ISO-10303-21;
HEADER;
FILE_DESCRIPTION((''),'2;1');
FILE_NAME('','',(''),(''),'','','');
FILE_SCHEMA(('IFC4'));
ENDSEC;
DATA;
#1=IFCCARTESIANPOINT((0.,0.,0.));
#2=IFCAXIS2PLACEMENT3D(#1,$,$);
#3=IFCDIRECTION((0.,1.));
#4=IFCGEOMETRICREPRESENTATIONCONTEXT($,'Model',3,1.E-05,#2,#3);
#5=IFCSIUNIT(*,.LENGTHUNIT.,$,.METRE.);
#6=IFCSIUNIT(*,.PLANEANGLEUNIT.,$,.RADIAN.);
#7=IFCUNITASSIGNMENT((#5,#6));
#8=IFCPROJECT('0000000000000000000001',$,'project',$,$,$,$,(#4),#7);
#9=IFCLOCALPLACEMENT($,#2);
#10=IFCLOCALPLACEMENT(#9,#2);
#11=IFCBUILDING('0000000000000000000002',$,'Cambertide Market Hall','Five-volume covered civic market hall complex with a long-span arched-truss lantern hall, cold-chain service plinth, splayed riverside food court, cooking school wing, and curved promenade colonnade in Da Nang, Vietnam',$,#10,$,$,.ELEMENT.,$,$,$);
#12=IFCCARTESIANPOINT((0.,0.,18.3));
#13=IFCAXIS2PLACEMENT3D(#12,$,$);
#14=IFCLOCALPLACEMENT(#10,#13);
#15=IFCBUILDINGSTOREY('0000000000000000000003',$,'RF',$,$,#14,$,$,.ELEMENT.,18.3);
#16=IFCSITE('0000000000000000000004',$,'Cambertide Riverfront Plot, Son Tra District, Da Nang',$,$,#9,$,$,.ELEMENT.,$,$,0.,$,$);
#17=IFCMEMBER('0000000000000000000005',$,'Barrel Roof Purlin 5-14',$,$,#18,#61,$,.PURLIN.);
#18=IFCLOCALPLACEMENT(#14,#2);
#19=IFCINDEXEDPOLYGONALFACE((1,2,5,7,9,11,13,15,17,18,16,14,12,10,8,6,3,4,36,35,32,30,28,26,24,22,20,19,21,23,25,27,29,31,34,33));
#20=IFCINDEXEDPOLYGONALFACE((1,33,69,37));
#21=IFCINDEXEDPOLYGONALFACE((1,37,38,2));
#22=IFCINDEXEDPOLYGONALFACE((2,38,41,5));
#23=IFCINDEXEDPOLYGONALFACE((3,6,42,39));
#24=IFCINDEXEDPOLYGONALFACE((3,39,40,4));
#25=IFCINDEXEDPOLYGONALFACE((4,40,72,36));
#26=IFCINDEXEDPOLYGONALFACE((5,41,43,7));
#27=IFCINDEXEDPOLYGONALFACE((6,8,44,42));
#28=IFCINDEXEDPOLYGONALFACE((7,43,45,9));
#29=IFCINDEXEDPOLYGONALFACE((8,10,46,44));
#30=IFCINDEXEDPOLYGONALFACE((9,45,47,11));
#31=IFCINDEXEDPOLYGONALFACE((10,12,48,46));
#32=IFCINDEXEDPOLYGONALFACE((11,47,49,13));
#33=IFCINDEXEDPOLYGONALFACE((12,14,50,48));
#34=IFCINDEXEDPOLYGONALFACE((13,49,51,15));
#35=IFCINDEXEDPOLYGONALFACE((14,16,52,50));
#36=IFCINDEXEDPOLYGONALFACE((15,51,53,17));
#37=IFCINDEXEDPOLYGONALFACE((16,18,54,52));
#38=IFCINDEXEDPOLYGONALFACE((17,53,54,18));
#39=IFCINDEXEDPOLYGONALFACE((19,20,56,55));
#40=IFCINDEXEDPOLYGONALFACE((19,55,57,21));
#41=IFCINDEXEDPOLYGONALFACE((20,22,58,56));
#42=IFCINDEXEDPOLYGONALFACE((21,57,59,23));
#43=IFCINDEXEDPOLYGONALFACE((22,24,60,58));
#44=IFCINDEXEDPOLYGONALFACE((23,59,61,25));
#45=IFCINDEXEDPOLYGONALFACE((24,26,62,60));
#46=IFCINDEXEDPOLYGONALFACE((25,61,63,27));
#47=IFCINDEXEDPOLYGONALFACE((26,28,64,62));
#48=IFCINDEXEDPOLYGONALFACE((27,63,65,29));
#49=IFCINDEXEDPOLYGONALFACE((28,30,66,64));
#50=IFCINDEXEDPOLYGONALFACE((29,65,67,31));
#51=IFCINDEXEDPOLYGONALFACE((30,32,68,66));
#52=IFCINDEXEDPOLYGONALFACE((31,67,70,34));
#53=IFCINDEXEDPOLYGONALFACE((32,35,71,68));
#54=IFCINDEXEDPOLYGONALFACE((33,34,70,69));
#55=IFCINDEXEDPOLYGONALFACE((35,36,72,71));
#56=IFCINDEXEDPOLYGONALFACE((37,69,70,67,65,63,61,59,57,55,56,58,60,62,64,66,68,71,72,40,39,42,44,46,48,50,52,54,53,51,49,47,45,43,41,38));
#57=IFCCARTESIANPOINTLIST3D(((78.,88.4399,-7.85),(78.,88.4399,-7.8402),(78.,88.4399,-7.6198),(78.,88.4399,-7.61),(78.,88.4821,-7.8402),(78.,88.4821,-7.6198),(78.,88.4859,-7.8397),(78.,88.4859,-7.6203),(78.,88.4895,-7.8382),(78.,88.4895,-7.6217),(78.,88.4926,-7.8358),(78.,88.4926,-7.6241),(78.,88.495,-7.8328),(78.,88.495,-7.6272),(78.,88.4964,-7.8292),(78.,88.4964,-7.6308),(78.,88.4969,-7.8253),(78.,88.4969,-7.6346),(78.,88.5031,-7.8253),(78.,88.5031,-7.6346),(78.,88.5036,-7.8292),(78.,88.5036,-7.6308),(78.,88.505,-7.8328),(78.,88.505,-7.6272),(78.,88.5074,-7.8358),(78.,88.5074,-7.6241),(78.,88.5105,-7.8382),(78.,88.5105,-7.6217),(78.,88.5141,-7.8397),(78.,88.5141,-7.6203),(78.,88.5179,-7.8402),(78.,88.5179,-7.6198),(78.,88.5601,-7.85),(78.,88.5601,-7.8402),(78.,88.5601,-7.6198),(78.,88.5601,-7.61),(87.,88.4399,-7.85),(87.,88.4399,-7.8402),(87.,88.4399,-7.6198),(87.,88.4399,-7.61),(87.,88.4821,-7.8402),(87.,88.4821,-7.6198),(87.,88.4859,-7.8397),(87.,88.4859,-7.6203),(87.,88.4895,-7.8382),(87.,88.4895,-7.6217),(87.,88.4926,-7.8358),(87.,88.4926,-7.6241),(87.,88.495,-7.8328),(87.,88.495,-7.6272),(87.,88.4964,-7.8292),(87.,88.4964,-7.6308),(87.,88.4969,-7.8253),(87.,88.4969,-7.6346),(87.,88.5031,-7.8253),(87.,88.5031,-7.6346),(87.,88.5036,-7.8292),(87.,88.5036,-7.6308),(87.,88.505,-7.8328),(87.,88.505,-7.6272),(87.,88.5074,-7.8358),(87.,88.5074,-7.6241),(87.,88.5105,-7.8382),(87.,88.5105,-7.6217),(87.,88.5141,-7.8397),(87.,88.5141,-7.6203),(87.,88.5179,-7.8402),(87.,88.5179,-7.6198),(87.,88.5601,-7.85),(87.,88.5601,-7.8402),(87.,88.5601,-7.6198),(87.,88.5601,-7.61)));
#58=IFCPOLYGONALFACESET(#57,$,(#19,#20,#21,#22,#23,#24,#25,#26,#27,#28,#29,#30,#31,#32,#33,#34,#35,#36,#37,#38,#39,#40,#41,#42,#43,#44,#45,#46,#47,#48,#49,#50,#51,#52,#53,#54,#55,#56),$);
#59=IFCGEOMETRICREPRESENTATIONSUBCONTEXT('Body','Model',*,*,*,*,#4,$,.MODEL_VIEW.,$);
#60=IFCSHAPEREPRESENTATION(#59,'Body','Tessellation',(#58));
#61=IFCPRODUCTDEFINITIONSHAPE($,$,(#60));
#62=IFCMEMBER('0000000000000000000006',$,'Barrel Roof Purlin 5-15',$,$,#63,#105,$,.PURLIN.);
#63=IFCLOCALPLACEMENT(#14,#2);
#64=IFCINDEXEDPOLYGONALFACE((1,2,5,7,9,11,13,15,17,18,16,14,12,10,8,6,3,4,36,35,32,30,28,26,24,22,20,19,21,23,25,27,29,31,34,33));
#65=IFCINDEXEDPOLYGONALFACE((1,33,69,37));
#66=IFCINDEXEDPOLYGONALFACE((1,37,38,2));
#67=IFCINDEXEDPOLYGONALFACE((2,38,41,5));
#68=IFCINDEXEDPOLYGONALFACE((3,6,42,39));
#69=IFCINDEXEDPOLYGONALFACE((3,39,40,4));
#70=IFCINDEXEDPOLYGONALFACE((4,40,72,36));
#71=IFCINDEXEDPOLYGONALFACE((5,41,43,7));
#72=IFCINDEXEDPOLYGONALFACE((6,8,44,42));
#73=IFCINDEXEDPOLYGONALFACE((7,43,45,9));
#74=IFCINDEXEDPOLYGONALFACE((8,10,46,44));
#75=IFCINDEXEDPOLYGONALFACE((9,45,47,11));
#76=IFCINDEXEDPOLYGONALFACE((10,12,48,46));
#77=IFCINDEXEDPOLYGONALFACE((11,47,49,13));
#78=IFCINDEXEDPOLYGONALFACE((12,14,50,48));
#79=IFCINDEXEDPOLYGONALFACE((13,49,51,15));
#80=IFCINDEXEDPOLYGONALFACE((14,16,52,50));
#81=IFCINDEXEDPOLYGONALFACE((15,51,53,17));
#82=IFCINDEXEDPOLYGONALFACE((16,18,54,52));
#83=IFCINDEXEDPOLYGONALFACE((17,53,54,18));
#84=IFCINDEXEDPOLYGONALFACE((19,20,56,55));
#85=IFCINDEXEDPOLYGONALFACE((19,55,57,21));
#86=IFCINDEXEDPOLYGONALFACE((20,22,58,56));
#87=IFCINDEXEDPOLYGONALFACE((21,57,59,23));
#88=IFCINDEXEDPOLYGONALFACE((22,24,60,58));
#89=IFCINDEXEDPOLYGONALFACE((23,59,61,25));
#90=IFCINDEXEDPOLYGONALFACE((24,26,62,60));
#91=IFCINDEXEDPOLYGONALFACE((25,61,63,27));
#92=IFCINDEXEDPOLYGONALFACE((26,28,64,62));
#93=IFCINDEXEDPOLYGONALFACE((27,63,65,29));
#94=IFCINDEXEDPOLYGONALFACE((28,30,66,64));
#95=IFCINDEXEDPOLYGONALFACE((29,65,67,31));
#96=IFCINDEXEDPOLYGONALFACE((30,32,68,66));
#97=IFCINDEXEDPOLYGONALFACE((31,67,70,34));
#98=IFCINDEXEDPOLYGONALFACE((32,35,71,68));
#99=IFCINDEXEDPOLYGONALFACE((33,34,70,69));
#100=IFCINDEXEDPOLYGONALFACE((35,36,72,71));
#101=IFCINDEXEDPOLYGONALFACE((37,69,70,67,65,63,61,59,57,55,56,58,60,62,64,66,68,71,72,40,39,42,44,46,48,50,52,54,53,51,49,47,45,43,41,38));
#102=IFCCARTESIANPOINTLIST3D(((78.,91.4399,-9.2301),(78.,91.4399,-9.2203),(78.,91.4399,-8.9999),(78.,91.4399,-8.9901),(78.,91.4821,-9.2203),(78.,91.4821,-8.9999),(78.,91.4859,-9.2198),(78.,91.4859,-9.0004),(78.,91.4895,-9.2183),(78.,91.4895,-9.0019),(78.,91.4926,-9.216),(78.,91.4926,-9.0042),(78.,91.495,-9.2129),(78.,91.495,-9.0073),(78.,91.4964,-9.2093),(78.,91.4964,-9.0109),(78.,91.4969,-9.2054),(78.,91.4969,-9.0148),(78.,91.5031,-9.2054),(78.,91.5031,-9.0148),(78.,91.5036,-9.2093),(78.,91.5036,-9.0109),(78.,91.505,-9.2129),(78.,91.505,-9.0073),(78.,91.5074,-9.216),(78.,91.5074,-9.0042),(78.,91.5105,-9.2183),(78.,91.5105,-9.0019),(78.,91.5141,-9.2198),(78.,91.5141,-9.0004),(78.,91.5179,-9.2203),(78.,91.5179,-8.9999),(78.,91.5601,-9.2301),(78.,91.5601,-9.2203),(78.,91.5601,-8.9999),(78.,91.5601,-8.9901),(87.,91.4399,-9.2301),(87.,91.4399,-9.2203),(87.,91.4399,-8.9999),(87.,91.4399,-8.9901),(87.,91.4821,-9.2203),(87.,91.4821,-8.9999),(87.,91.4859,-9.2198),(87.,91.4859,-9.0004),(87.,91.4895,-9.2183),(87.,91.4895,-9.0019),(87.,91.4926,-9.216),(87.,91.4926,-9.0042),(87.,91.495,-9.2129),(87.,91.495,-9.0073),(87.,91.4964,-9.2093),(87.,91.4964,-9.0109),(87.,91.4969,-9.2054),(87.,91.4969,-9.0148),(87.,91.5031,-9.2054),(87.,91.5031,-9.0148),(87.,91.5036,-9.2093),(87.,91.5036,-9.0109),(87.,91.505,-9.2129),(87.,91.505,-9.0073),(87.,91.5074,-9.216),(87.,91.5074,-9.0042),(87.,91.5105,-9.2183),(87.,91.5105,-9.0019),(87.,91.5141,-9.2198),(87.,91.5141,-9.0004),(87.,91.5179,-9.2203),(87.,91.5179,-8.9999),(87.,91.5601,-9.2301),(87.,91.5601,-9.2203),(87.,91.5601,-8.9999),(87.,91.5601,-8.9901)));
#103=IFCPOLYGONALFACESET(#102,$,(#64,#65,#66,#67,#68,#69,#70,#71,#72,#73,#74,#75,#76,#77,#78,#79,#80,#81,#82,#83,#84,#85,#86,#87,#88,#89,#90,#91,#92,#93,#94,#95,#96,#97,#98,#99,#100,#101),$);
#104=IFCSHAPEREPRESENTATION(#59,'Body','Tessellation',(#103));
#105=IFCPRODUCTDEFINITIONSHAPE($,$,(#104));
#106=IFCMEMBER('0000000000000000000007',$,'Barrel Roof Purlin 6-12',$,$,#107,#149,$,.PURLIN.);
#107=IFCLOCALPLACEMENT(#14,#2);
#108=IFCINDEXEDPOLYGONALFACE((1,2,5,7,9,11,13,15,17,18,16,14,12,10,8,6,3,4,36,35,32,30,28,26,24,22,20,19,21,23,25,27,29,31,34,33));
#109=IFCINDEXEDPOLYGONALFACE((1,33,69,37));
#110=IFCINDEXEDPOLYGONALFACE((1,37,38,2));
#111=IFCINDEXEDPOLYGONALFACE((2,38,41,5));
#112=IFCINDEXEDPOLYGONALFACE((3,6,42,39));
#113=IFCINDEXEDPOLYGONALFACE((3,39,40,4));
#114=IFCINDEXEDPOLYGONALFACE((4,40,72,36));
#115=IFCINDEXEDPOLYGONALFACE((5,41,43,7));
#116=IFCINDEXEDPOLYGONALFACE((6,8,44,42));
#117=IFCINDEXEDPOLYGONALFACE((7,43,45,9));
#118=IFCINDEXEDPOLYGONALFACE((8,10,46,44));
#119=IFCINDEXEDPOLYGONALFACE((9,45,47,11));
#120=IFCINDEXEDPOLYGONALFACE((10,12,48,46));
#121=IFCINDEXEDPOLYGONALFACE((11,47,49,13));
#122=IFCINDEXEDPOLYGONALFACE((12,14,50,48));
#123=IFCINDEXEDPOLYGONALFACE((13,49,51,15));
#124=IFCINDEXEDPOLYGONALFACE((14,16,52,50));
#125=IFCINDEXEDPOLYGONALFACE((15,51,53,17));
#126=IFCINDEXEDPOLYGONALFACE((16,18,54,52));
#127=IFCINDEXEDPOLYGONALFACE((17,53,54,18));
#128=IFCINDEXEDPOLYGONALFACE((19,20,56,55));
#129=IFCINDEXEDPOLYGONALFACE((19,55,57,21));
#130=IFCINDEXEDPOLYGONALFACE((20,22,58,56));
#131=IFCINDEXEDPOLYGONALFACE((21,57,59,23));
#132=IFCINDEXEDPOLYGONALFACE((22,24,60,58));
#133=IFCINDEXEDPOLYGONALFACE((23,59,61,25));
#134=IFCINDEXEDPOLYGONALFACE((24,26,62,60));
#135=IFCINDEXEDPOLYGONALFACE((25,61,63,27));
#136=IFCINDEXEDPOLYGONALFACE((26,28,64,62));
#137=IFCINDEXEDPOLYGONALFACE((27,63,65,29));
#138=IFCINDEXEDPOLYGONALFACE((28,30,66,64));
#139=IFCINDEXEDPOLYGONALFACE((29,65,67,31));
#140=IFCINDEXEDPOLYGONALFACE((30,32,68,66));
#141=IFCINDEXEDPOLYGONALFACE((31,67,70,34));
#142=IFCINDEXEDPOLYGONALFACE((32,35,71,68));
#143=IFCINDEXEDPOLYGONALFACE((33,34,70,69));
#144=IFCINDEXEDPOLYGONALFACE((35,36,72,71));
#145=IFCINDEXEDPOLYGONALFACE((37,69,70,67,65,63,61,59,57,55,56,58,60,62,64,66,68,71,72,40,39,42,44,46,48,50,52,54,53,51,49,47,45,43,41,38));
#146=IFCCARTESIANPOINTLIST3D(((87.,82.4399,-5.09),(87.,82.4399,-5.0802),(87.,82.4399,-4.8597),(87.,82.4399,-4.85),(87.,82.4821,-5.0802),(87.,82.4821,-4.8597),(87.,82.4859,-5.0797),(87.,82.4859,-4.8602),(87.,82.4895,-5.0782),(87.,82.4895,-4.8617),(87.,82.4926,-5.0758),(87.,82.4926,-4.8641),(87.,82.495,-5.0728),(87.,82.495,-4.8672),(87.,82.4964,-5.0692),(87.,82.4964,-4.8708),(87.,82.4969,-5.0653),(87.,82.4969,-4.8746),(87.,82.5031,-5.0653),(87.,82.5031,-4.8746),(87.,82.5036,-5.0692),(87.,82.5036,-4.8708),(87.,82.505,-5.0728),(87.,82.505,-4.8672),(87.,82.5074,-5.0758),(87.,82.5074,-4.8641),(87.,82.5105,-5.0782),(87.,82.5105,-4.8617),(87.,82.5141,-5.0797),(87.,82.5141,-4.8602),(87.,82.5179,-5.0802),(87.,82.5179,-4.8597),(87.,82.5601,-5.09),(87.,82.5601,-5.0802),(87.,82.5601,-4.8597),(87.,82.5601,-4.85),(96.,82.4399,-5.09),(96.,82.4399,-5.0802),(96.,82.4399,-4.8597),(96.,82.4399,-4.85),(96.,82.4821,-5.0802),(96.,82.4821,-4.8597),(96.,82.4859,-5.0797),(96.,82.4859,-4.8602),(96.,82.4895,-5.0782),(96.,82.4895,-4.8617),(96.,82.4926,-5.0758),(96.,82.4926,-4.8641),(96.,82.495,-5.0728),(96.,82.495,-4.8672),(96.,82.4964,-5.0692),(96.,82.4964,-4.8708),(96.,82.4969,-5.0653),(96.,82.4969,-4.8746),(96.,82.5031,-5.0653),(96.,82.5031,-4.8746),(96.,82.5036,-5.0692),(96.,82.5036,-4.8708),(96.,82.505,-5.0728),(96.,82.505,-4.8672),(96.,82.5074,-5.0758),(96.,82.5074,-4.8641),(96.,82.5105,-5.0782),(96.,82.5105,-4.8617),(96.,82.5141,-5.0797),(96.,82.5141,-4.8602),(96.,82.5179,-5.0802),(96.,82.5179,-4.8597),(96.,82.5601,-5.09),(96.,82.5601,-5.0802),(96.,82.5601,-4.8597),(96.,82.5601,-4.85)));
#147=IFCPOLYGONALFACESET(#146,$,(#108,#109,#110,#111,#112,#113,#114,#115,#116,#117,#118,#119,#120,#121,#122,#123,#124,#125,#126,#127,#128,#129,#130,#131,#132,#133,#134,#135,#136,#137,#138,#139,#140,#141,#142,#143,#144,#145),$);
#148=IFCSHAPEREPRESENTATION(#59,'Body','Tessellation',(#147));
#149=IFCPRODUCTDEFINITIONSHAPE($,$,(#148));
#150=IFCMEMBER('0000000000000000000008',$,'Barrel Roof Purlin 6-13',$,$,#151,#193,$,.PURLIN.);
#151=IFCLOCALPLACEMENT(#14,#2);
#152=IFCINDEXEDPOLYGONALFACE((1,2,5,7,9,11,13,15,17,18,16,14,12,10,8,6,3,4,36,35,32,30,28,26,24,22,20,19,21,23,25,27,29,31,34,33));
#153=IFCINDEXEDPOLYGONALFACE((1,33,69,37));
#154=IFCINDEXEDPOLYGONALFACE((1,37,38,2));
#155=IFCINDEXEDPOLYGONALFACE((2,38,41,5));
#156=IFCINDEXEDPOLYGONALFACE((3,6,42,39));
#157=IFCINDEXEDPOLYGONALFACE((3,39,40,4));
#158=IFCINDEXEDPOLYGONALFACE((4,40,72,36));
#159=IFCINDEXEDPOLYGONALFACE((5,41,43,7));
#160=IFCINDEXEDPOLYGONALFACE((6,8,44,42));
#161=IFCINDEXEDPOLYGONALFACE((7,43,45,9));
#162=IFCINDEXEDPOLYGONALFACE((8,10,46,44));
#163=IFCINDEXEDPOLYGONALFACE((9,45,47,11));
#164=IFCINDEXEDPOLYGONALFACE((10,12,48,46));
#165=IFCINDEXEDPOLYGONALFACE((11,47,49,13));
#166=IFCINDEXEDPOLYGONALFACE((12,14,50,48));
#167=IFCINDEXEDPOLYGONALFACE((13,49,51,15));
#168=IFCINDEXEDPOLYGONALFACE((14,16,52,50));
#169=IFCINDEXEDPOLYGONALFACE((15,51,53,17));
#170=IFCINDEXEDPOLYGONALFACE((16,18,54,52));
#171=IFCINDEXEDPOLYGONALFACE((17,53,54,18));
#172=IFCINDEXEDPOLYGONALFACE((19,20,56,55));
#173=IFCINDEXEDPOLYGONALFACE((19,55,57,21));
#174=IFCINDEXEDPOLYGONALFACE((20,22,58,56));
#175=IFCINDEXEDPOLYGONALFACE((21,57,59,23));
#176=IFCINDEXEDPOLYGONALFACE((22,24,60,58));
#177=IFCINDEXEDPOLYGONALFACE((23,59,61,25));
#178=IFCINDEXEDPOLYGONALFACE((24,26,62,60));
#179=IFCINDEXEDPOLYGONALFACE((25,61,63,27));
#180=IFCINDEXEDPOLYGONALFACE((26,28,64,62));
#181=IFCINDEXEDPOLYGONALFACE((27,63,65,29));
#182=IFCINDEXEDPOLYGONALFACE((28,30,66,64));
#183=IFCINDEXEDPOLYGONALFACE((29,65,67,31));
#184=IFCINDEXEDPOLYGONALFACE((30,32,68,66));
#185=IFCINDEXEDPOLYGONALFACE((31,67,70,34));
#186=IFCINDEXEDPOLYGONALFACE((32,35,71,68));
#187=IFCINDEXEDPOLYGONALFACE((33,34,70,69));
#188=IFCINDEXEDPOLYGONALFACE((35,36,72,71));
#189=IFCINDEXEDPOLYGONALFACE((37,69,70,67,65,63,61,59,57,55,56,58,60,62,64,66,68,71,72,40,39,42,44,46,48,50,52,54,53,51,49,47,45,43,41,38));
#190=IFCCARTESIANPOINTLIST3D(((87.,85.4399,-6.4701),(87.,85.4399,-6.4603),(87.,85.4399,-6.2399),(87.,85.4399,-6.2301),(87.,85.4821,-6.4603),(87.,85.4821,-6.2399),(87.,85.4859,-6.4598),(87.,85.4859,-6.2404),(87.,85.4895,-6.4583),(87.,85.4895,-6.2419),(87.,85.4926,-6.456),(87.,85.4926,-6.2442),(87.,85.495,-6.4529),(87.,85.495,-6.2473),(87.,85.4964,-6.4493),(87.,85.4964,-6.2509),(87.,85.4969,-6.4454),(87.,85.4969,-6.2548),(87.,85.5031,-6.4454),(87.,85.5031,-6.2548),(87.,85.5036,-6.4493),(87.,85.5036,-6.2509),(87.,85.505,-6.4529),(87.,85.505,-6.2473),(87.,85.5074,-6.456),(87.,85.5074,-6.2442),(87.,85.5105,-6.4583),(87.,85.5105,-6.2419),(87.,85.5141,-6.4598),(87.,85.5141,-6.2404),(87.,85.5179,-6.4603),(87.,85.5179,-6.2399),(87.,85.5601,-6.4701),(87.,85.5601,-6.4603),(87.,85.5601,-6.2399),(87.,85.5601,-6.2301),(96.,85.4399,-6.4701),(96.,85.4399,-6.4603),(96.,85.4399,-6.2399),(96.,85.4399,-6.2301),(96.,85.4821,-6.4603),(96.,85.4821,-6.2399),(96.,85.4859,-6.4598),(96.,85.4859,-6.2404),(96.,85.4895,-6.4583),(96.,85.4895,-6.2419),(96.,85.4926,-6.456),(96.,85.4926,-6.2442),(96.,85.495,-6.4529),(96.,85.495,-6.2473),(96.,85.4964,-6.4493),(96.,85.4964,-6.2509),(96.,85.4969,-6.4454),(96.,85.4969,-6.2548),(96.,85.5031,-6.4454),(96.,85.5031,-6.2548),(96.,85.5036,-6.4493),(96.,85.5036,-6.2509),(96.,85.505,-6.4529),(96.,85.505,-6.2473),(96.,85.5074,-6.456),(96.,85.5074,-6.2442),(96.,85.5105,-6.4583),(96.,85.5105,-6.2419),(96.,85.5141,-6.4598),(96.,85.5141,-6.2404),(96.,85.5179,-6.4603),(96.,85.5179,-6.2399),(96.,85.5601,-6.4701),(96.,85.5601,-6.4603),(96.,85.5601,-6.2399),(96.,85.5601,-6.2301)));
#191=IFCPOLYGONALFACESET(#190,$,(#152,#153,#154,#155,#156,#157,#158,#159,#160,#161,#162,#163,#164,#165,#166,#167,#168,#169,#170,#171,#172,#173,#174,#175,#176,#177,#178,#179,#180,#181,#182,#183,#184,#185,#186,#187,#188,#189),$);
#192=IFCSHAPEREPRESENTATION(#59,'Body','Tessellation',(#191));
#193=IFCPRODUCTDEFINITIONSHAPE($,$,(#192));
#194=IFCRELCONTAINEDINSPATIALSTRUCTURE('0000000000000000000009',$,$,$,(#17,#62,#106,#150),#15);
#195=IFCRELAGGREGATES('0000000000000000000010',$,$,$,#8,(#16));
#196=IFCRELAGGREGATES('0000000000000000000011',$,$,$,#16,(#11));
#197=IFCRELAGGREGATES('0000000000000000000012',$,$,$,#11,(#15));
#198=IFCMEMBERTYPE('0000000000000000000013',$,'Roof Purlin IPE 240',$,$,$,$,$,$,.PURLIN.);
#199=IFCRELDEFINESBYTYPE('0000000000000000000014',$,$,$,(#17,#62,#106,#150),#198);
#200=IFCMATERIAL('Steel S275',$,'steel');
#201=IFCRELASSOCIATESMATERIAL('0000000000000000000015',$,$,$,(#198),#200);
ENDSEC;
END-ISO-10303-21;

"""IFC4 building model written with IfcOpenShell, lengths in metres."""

from ifc_helpers import new_model, si_unit, direction, frame, origin, origin_2d, place, context, subcontext, project, spatial, i_section, extrude, material, material_profile, profile_set, type_object, element, save


model = new_model("IFC4")

# Units and contexts
model_context = context("Model", 3, precision=1e-05, world=origin(), true_north=direction((0.0, 1.0)))
body_context = subcontext(model_context, "Body", "Model", "MODEL_VIEW")
ifc_project = project(units=[si_unit("LENGTHUNIT", "METRE"), si_unit("PLANEANGLEUNIT", "RADIAN")], contexts=[model_context])

# Site, building, storey
site_placement = place(None, origin())
site = spatial("IfcSite", under=ifc_project, at=site_placement, Name="Cambertide Riverfront Plot, Son Tra District, Da Nang", CompositionType="ELEMENT", RefElevation=0.0)
building_placement = place(site_placement, origin())
building = spatial("IfcBuilding", under=site, at=building_placement, Name="Cambertide Market Hall", Description="Five-volume covered civic market hall complex with a long-span arched-truss lantern hall, cold-chain service plinth, splayed riverside food court, cooking school wing, and curved promenade colonnade in Da Nang, Vietnam", CompositionType="ELEMENT")
storey_placement = place(building_placement, frame((0.0, 0.0, 18.3)))
storey = spatial("IfcBuildingStorey", under=building, at=storey_placement, Name="RF", CompositionType="ELEMENT", Elevation=18.3)

# Members
ifc_material_1 = material(Name="Steel S275", Category="steel")
ifc_material_profile_1 = material_profile(ifc_material_1, i_section(OverallWidth=0.1201, OverallDepth=0.24, WebThickness=0.0061, FlangeThickness=0.0098, FilletRadius=0.0149, at=origin_2d()), Name="IPE 240")
ifc_profile_set_1 = profile_set([ifc_material_profile_1], Name="Steel S275")
member_type_1 = type_object("IfcMemberType", Name="Roof Purlin IPE 240", PredefinedType="PURLIN", material=ifc_profile_set_1)
for number, where, z_axis, x_axis, name in (
    (1, (78.0, 88.5, -7.73), (1.0, 0.0, 0.0), (0.0, 1.0, 0.0), "Barrel Roof Purlin 5-14"),
    (2, (78.0, 91.5, -9.1101), (1.0, 0.0, 0.0), (0.0, 1.0, 0.0), "Barrel Roof Purlin 5-15"),
    (3, (87.0, 82.5, -4.97), (1.0, 0.0, 0.0), (0.0, 1.0, 0.0), "Barrel Roof Purlin 6-12"),
    (4, (87.0, 85.5, -6.3501), (1.0, 0.0, 0.0), (0.0, 1.0, 0.0), "Barrel Roof Purlin 6-13"),
):
    element("IfcMember", number, at=place(storey_placement, frame(where, z_axis=z_axis, x_axis=x_axis)), inside=storey, type_object=member_type_1, Name=name, PredefinedType="PURLIN", context=body_context, shape_type="SweptSolid", body=[
        extrude(i_section(OverallWidth=0.1201, OverallDepth=0.24, WebThickness=0.0061, FlangeThickness=0.0098, FilletRadius=0.0149, at=origin_2d()), origin(), (0.0, 0.0, 1.0), 9.0),
    ])

save(model, "model.ifc")
